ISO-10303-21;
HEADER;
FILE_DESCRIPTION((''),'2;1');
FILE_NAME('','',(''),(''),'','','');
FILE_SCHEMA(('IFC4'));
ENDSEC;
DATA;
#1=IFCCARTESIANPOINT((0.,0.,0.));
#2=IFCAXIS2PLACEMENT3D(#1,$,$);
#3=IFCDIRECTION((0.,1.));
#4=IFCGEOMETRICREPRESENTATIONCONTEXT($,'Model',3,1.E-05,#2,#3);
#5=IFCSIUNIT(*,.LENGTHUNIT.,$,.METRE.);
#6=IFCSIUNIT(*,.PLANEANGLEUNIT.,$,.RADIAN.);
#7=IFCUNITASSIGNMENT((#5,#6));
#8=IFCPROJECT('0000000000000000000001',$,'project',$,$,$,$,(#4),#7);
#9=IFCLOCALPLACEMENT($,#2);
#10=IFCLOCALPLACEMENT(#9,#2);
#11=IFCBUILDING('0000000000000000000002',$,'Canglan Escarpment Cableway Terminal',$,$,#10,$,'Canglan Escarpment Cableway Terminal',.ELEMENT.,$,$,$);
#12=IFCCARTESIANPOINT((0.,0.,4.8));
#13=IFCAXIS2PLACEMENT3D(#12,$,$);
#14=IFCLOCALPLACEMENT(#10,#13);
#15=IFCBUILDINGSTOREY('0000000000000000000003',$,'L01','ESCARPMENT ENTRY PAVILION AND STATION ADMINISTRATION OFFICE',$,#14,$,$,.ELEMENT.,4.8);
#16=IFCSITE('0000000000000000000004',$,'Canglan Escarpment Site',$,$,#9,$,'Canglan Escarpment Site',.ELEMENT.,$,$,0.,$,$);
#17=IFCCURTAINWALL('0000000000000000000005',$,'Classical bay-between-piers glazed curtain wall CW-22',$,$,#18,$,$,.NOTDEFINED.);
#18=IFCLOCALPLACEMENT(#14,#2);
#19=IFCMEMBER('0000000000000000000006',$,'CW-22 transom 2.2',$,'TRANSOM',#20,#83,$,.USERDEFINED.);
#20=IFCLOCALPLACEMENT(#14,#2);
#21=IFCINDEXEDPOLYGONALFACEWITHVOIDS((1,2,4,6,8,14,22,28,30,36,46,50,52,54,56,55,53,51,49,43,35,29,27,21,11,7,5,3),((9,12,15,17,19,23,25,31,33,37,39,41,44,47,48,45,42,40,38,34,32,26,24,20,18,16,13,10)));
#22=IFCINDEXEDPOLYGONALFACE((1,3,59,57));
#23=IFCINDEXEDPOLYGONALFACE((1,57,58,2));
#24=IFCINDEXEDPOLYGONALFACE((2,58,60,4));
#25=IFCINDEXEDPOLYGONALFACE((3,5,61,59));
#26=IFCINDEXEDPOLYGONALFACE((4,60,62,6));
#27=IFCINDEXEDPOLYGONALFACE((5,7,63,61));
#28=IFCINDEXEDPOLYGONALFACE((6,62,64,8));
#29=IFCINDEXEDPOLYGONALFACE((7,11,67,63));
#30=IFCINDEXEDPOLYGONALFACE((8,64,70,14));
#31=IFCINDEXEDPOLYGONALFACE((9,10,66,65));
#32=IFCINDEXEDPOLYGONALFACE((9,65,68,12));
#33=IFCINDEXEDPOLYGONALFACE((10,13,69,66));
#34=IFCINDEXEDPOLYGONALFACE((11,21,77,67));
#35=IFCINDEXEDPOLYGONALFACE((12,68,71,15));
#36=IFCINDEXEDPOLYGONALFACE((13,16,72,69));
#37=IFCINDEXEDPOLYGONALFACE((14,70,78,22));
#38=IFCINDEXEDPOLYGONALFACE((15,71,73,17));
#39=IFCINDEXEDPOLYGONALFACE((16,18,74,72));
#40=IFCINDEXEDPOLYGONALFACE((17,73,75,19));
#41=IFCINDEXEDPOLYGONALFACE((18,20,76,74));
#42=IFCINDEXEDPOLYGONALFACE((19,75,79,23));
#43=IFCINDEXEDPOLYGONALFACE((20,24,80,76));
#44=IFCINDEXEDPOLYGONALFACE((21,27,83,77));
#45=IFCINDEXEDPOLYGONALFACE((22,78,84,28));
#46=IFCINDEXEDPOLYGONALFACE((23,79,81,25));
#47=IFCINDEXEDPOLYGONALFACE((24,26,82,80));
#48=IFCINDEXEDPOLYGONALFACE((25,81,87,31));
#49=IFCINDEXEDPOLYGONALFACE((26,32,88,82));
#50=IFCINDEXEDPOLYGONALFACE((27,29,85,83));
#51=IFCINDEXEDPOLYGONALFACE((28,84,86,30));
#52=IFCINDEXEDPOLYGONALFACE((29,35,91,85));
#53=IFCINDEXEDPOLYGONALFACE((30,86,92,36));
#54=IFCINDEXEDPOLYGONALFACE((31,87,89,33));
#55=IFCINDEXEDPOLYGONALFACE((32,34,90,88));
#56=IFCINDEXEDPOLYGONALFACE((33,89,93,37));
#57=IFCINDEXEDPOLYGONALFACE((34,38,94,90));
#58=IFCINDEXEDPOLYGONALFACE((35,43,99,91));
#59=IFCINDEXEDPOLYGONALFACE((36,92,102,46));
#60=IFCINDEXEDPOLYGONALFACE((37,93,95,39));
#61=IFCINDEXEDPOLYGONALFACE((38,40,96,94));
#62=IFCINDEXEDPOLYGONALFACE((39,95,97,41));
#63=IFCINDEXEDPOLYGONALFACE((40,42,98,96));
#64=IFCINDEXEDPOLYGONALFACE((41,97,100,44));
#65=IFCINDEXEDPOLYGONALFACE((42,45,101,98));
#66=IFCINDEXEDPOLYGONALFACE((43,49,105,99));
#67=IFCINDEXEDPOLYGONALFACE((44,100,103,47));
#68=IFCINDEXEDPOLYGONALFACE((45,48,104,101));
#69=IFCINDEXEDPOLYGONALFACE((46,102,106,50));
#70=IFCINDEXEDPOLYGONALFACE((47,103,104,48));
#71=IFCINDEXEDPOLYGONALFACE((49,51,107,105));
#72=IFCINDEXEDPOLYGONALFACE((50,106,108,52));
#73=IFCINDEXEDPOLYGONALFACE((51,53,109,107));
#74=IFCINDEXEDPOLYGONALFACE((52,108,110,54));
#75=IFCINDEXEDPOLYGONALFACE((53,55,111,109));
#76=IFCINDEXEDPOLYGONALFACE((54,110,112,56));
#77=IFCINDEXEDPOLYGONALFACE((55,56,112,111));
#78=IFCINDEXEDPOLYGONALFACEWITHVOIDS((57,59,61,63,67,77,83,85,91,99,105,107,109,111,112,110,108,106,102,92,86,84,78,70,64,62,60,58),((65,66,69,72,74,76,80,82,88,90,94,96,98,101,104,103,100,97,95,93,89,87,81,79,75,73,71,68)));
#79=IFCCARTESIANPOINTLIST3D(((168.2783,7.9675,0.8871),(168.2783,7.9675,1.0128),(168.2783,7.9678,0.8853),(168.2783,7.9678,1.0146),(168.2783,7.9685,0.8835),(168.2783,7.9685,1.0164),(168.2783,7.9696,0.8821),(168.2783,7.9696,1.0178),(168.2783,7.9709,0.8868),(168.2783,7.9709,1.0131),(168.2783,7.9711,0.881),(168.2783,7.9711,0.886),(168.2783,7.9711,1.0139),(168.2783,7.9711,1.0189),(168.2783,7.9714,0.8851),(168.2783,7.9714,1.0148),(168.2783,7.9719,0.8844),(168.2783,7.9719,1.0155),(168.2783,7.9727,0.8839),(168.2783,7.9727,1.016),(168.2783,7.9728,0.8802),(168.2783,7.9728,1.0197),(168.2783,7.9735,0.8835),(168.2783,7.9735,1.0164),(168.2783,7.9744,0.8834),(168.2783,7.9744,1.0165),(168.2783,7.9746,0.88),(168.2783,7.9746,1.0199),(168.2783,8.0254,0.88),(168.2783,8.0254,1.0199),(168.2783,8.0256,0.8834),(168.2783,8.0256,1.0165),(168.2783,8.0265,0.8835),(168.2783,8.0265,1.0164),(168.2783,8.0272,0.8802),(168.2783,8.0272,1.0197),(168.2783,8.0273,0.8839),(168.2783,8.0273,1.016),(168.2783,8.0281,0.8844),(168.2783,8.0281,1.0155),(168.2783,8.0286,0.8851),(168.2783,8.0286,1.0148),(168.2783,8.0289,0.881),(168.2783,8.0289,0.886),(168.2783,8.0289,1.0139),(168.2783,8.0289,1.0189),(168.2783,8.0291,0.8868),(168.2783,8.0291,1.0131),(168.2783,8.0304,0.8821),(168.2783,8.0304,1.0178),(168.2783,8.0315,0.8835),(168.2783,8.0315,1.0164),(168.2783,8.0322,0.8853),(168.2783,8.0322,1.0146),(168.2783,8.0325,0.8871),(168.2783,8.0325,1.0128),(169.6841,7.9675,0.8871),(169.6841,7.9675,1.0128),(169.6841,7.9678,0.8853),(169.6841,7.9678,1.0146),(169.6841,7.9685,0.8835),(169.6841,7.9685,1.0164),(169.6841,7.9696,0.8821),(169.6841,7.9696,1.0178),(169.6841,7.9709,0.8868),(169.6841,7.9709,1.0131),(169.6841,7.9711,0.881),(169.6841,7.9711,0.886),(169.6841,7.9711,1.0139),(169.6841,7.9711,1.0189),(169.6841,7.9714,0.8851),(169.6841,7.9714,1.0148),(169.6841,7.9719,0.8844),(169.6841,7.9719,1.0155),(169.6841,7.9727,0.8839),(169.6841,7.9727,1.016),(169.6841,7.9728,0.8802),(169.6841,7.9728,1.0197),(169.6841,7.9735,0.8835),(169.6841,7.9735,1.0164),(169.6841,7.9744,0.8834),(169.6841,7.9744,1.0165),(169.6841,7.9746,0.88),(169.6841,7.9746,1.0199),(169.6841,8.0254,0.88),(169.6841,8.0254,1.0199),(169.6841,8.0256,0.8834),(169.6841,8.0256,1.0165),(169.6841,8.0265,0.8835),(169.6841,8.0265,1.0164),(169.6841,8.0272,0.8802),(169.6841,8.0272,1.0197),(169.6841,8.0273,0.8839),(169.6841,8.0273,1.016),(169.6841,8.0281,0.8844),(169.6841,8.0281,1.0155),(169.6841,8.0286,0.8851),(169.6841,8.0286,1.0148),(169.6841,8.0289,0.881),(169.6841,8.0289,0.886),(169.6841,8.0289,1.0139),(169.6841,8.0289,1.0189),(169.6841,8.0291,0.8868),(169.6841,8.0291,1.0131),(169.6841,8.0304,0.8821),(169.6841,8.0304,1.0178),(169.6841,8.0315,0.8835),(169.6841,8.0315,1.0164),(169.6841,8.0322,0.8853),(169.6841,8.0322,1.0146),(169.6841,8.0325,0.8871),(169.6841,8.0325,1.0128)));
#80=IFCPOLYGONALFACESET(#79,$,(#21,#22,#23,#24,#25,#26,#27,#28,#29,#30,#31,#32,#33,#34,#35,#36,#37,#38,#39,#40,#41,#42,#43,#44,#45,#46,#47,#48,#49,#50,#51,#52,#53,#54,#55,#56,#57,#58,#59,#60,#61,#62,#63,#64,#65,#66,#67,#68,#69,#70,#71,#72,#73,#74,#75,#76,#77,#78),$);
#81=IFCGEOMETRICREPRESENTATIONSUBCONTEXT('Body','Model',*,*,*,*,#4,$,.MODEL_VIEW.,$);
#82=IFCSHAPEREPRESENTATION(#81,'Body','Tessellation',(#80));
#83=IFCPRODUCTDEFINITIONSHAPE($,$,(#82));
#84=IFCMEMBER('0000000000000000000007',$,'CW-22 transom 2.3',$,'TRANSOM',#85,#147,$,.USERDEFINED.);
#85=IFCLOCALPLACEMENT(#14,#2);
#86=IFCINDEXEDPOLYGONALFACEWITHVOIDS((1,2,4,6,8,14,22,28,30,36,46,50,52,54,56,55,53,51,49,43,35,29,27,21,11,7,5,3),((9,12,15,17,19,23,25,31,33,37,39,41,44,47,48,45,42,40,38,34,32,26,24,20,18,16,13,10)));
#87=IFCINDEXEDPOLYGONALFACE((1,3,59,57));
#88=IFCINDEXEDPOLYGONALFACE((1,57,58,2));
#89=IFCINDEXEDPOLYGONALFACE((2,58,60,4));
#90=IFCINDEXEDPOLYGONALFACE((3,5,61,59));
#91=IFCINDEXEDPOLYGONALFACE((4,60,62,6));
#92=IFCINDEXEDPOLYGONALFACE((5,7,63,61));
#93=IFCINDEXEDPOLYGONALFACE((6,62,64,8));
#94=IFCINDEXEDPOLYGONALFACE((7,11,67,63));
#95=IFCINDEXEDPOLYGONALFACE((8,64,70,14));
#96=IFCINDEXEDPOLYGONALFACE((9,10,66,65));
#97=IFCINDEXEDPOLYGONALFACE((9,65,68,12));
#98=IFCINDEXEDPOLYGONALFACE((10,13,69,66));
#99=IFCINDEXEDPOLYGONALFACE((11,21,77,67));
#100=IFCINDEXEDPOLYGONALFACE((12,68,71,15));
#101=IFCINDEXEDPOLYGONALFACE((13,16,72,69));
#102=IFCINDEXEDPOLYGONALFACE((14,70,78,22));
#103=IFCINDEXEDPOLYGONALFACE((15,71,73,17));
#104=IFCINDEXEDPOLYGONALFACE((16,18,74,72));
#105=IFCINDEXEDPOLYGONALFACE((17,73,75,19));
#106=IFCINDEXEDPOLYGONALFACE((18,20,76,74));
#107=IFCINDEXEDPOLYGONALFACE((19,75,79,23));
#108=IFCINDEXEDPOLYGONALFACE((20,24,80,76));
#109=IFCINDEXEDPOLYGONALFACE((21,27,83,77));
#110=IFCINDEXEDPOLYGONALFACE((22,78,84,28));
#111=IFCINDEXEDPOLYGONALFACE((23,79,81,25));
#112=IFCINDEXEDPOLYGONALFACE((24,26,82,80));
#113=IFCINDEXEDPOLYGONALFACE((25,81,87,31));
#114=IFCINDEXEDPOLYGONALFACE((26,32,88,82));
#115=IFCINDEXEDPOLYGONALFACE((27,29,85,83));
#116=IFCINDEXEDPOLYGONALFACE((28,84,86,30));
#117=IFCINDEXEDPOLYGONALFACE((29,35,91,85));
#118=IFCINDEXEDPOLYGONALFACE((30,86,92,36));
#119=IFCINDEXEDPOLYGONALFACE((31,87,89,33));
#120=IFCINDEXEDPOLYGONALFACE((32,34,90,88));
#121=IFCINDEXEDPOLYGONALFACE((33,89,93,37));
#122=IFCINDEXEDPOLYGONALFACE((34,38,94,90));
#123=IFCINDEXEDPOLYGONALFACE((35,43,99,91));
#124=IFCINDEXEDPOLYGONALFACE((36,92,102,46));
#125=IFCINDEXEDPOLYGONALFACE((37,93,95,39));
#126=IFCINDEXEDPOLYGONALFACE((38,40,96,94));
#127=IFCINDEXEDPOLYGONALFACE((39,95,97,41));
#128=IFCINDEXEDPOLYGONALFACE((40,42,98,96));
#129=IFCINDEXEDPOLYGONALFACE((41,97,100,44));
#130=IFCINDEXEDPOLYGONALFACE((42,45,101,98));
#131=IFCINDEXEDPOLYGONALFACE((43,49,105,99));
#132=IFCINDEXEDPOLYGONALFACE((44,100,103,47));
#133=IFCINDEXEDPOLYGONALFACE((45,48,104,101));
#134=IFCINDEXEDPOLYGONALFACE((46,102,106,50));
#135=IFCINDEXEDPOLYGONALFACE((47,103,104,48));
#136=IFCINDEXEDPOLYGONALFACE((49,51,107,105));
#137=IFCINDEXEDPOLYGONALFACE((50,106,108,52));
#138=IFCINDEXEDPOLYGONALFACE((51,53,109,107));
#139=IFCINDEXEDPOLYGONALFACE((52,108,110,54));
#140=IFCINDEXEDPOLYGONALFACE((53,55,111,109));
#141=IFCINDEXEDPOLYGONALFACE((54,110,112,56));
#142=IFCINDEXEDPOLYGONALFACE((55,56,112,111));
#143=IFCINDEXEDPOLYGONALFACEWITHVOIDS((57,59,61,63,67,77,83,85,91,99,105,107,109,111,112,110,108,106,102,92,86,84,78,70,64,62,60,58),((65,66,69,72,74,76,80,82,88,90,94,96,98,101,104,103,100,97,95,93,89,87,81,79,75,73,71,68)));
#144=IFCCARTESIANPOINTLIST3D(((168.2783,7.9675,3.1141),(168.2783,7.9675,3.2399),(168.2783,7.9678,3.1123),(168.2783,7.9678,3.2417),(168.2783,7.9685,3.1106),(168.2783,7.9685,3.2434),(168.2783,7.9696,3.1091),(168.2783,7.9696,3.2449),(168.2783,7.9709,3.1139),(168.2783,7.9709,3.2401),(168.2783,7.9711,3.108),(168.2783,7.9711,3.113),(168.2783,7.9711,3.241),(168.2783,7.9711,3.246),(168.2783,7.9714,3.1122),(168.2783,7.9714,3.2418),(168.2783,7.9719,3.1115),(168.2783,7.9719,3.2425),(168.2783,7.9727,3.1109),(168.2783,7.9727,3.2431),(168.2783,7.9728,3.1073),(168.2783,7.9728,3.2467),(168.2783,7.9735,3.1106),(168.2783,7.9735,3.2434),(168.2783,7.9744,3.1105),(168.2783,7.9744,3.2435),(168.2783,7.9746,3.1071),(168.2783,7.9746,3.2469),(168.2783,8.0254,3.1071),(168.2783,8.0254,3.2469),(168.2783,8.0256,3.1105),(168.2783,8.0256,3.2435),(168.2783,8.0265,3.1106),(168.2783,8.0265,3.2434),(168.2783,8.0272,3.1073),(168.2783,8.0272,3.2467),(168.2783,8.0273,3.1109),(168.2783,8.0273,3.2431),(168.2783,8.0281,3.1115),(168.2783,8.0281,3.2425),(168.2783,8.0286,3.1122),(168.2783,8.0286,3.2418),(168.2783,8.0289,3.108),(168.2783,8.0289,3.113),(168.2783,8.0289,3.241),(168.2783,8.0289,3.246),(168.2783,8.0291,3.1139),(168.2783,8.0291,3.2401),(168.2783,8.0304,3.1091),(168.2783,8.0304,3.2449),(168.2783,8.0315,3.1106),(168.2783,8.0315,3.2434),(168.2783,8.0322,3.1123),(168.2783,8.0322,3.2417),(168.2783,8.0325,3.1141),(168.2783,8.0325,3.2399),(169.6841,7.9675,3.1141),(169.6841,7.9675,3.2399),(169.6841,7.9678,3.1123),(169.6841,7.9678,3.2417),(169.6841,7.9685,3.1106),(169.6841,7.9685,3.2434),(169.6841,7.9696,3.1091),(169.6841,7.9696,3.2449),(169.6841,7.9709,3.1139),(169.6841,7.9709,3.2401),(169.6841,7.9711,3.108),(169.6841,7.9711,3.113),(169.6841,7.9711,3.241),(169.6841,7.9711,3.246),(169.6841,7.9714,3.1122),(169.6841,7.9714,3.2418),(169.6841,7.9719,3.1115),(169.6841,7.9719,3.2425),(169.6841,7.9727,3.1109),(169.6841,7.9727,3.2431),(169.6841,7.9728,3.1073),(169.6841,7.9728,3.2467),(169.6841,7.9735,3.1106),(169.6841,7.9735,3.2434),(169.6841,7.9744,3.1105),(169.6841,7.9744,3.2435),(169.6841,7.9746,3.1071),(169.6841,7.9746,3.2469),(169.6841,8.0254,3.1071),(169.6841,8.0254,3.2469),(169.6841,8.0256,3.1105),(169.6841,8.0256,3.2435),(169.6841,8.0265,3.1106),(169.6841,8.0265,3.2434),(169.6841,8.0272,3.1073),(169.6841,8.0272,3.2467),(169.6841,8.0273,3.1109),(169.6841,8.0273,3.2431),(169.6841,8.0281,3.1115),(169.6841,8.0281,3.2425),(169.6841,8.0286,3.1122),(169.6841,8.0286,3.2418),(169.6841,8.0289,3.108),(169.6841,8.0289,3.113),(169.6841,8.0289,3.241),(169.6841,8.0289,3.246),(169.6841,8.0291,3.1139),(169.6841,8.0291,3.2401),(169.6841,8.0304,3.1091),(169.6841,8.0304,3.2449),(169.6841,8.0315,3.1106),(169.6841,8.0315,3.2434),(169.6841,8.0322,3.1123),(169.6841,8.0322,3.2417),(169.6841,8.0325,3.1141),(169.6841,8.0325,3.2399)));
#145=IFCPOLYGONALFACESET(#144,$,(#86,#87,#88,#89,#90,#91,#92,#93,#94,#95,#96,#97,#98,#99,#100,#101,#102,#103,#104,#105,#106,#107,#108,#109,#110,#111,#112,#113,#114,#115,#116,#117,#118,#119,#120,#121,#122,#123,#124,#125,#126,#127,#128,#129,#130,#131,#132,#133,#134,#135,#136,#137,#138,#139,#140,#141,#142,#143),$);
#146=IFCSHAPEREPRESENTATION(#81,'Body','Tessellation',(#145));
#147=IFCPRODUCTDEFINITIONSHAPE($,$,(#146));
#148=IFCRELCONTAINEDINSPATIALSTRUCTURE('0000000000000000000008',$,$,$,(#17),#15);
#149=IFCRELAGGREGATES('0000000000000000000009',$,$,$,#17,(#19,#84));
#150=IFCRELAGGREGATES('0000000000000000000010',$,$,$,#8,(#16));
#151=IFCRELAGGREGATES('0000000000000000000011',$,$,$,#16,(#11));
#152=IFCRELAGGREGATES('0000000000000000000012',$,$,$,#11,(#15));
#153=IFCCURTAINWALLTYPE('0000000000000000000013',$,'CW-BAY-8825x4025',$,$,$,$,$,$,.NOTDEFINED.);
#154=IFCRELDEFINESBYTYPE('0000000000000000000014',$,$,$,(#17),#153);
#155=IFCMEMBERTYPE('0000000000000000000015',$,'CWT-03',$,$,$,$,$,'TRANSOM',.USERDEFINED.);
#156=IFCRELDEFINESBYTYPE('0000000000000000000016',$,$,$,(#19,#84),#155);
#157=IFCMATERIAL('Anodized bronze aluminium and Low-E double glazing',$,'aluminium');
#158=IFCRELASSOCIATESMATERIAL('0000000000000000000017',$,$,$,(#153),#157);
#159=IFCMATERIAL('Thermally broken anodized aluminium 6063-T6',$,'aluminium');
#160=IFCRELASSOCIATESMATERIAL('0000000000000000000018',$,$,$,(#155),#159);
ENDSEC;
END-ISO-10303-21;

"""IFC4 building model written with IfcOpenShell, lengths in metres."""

from ifc_helpers import new_model, si_unit, direction, frame, origin, origin_2d, place, context, subcontext, project, spatial, hollow_rectangle, extrude, material, material_profile, profile_set, type_object, element, aggregate, save


model = new_model("IFC4")

# Units and contexts
model_context = context("Model", 3, precision=1e-05, world=origin(), true_north=direction((0.0, 1.0)))
body_context = subcontext(model_context, "Body", "Model", "MODEL_VIEW")
ifc_project = project(units=[si_unit("LENGTHUNIT", "METRE"), si_unit("PLANEANGLEUNIT", "RADIAN")], contexts=[model_context])

# Site, building, storey
site_placement = place(None, origin())
site = spatial("IfcSite", under=ifc_project, at=site_placement, Name="Canglan Escarpment Site", LongName="Canglan Escarpment Site", CompositionType="ELEMENT", RefElevation=0.0)
building_placement = place(site_placement, origin())
building = spatial("IfcBuilding", under=site, at=building_placement, Name="Canglan Escarpment Cableway Terminal", LongName="Canglan Escarpment Cableway Terminal", CompositionType="ELEMENT")
storey_placement = place(building_placement, frame((0.0, 0.0, 4.8)))
storey = spatial("IfcBuildingStorey", under=building, at=storey_placement, Name="L01", Description="ESCARPMENT ENTRY PAVILION AND STATION ADMINISTRATION OFFICE", CompositionType="ELEMENT", Elevation=4.8)

# Curtain wall, members
ifc_material_1 = material(Name="Anodized bronze aluminium and Low-E double glazing", Category="aluminium")
curtain_wall_type = type_object("IfcCurtainWallType", Name="CW-BAY-8825x4025", PredefinedType="NOTDEFINED", material=ifc_material_1)
curtain_wall_placement = place(storey_placement, origin())
curtain_wall = element("IfcCurtainWall", 1, at=curtain_wall_placement, inside=storey, type_object=curtain_wall_type, Name="Classical bay-between-piers glazed curtain wall CW-22", PredefinedType="NOTDEFINED")
ifc_material_2 = material(Name="Thermally broken anodized aluminium 6063-T6", Category="aluminium")
ifc_material_profile_1 = material_profile(ifc_material_2, hollow_rectangle(XDim=0.0649, YDim=0.1399, WallThickness=0.0034, InnerFilletRadius=0.0034, OuterFilletRadius=0.0071, at=origin_2d()), Name="ALU-TRAN 65x140x3.5")
ifc_profile_set_1 = profile_set([ifc_material_profile_1], Name="Thermally broken anodized aluminium 6063-T6")
member_type_1 = type_object("IfcMemberType", Name="CWT-03", ElementType="TRANSOM", PredefinedType="USERDEFINED", material=ifc_profile_set_1)
member_1_placement = place(storey_placement, frame((168.2783, 8.0, 0.95), z_axis=(1.0, 0.0, 0.0), x_axis=(0.0, 1.0, 0.0)))
member_1 = element("IfcMember", 2, at=member_1_placement, type_object=member_type_1, Name="CW-22 transom 2.2", ObjectType="TRANSOM", PredefinedType="USERDEFINED", context=body_context, shape_type="SweptSolid", body=[
    extrude(hollow_rectangle(XDim=0.0649, YDim=0.1399, WallThickness=0.0034, InnerFilletRadius=0.0034, OuterFilletRadius=0.0071, at=origin_2d()), origin(), (0.0, 0.0, 1.0), 1.4058),
])
member_2_placement = place(storey_placement, frame((168.2783, 8.0, 3.177), z_axis=(1.0, 0.0, 0.0), x_axis=(0.0, 1.0, 0.0)))
member_2 = element("IfcMember", 3, at=member_2_placement, type_object=member_type_1, Name="CW-22 transom 2.3", ObjectType="TRANSOM", PredefinedType="USERDEFINED", context=body_context, shape_type="SweptSolid", body=[
    extrude(hollow_rectangle(XDim=0.0649, YDim=0.1399, WallThickness=0.0034, InnerFilletRadius=0.0034, OuterFilletRadius=0.0071, at=origin_2d()), origin(), (0.0, 0.0, 1.0), 1.4058),
])
aggregate(curtain_wall, [member_1, member_2])

save(model, "model.ifc")
